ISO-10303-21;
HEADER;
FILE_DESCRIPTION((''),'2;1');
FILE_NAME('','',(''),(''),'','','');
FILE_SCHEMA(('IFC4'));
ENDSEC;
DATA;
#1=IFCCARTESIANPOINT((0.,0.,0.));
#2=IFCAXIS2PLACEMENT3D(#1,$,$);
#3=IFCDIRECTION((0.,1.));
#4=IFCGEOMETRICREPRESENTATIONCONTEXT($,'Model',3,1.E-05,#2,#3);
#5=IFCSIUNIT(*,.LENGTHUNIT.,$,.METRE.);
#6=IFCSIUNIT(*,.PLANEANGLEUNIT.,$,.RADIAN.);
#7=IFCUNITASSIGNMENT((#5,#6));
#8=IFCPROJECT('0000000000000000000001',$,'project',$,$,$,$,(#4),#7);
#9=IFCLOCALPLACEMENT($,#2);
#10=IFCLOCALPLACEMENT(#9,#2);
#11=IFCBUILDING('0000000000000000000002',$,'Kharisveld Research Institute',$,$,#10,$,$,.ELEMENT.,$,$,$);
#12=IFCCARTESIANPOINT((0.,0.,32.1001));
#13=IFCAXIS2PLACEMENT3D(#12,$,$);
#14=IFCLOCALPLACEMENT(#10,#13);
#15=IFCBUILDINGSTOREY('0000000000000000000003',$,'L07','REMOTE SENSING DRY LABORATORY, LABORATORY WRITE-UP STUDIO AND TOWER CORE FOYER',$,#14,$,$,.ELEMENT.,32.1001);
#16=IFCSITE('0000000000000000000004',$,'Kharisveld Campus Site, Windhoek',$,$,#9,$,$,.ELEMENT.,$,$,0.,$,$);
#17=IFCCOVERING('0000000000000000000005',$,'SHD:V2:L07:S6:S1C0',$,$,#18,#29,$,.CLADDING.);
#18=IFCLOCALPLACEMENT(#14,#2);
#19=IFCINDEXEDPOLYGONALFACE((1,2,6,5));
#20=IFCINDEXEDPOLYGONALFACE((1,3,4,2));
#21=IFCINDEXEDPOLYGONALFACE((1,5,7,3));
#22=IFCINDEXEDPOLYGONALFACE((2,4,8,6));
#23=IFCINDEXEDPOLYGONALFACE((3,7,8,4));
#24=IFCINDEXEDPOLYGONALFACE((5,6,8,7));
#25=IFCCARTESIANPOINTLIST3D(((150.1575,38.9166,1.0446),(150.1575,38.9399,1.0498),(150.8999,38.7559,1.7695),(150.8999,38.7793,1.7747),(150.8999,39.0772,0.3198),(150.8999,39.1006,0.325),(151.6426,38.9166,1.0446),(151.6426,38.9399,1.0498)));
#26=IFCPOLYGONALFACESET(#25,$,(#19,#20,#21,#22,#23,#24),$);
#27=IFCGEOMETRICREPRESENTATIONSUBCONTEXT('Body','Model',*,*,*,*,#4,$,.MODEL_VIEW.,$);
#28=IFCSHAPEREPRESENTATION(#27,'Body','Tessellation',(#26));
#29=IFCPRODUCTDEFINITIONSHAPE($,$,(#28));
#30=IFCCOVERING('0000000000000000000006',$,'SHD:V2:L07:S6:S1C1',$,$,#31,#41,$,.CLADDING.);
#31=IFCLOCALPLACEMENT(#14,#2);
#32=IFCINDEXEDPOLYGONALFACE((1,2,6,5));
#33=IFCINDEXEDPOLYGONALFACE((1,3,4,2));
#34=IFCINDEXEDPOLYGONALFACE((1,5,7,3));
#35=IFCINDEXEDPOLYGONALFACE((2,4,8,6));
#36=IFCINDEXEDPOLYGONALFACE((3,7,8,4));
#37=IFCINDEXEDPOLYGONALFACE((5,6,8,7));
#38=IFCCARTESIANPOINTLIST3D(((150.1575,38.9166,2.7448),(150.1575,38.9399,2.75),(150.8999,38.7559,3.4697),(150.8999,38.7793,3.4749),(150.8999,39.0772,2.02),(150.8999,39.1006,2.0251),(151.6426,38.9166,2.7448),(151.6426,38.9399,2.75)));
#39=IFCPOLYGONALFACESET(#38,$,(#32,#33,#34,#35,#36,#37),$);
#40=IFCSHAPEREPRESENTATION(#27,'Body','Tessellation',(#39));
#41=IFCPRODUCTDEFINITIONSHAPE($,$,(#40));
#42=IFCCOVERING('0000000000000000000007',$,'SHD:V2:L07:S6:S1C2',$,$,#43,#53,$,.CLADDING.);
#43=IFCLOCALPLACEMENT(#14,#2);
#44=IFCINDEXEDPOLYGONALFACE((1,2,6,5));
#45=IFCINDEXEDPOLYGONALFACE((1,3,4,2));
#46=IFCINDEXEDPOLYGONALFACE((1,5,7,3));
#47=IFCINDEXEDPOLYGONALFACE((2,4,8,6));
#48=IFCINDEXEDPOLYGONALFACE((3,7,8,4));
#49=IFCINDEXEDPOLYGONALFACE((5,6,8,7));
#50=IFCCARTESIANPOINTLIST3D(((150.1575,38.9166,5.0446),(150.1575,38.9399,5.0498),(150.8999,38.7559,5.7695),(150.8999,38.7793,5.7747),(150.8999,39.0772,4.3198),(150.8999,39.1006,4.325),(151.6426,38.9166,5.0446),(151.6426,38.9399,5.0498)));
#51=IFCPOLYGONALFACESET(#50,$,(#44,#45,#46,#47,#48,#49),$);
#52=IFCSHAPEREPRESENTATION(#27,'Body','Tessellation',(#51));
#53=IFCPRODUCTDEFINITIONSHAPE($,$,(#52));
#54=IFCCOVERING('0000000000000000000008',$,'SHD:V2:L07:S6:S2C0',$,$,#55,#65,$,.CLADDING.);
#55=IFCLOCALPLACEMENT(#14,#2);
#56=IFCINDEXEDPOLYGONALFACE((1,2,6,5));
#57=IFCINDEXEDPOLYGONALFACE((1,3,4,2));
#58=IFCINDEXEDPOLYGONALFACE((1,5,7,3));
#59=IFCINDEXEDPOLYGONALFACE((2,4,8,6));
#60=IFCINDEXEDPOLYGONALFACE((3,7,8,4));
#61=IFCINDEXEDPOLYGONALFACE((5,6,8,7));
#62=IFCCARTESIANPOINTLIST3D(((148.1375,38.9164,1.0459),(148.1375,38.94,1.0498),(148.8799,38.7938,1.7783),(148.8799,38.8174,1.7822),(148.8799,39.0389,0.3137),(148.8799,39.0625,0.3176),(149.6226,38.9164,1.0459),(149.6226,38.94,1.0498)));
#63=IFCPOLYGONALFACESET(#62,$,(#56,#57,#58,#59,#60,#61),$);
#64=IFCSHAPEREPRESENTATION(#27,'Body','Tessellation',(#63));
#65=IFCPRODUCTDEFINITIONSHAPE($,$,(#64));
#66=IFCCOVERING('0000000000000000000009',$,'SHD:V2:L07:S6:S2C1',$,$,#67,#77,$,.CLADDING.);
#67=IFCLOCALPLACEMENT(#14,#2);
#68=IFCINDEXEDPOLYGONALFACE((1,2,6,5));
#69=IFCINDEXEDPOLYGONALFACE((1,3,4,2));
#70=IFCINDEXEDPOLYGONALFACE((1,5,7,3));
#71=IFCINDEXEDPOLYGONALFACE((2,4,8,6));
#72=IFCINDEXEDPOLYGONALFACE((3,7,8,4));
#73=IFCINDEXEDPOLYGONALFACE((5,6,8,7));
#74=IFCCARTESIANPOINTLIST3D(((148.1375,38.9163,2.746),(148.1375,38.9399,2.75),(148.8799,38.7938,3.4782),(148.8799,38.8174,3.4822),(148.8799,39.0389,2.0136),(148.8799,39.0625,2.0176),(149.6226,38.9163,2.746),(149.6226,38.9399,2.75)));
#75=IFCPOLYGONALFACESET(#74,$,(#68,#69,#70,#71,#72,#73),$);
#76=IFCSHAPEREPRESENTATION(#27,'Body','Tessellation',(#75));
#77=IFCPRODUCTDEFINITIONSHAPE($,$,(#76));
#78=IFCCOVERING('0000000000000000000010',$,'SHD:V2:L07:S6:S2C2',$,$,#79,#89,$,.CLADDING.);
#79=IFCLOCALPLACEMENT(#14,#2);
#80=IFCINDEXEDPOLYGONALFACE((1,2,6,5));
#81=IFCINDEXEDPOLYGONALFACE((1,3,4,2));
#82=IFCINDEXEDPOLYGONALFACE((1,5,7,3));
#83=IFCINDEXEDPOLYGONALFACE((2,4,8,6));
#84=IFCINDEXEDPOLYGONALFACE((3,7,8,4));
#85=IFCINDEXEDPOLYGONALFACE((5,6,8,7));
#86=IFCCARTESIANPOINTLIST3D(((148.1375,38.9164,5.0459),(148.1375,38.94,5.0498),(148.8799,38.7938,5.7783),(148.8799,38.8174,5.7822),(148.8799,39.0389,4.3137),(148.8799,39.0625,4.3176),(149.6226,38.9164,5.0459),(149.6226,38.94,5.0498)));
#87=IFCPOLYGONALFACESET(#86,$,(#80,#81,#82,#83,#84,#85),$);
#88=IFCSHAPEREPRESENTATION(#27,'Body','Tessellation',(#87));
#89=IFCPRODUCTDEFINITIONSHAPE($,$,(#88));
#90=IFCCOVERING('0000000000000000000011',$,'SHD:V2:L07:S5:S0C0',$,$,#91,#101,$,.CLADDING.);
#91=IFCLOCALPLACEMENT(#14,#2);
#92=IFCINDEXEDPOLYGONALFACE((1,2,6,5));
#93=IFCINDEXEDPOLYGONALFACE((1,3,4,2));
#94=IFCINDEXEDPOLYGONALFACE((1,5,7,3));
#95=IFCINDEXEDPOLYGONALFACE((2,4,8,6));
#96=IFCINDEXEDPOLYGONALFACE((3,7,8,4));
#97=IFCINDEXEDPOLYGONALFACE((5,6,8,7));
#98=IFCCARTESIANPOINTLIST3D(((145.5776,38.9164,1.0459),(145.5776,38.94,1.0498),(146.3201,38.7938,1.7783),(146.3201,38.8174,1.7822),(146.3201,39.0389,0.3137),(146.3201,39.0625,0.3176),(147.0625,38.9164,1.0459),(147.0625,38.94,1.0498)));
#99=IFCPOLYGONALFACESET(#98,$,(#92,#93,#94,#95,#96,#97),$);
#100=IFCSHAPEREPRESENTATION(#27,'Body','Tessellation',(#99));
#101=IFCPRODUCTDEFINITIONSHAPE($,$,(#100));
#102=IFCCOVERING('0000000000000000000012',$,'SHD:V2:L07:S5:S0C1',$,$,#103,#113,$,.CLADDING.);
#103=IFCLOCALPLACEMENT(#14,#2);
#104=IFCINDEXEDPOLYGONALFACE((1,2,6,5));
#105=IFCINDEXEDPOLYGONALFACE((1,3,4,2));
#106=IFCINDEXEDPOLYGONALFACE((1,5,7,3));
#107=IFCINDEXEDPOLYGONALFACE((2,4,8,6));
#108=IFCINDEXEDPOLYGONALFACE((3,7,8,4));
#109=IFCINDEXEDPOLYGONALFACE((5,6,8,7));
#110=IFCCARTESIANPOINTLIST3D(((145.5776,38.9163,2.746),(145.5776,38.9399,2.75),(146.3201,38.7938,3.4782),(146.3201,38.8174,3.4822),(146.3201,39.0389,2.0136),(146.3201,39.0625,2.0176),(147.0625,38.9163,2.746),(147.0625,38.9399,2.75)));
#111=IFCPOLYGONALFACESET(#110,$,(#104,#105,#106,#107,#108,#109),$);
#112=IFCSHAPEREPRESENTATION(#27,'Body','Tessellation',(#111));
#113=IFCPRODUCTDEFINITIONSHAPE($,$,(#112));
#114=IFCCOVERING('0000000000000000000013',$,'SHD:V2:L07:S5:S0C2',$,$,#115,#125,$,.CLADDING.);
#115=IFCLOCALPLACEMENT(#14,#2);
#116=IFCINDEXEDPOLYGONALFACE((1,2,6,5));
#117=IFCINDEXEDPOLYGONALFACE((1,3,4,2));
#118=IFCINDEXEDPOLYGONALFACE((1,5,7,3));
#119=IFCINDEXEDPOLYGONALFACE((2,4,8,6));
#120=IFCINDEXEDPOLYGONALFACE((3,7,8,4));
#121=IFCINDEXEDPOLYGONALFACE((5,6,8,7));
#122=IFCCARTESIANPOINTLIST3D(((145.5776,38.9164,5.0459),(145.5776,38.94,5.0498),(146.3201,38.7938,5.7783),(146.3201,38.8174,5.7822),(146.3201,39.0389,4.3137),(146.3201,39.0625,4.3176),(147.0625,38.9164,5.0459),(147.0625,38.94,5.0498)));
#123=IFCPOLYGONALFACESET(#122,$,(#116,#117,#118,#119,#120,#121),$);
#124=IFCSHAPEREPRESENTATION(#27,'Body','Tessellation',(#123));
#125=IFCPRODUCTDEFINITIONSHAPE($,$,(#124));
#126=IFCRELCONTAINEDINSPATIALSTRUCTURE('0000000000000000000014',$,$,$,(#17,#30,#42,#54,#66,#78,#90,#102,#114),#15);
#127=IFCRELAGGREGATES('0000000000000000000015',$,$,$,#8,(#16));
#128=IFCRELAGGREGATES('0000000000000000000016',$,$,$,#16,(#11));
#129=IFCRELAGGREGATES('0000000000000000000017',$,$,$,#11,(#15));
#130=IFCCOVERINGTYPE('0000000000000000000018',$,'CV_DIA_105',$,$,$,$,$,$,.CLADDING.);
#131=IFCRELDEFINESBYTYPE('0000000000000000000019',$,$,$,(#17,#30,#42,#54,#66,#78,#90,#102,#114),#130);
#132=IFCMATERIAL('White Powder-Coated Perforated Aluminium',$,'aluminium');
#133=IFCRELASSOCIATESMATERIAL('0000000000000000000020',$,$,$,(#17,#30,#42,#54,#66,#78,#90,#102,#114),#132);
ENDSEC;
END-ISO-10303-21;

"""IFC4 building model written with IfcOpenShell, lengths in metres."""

from ifc_helpers import new_model, si_unit, direction, frame, origin, place, context, subcontext, project, spatial, polyline, outline, extrude, material, type_object, element, save


model = new_model("IFC4")

# Units and contexts
model_context = context("Model", 3, precision=1e-05, world=origin(), true_north=direction((0.0, 1.0)))
body_context = subcontext(model_context, "Body", "Model", "MODEL_VIEW")
ifc_project = project(units=[si_unit("LENGTHUNIT", "METRE"), si_unit("PLANEANGLEUNIT", "RADIAN")], contexts=[model_context])

# Site, building, storey
site_placement = place(None, origin())
site = spatial("IfcSite", under=ifc_project, at=site_placement, Name="Kharisveld Campus Site, Windhoek", CompositionType="ELEMENT", RefElevation=0.0)
building_placement = place(site_placement, origin())
building = spatial("IfcBuilding", under=site, at=building_placement, Name="Kharisveld Research Institute", CompositionType="ELEMENT")
storey_placement = place(building_placement, frame((0.0, 0.0, 32.1001)))
storey = spatial("IfcBuildingStorey", under=building, at=storey_placement, Name="L07", Description="REMOTE SENSING DRY LABORATORY, LABORATORY WRITE-UP STUDIO AND TOWER CORE FOYER", CompositionType="ELEMENT", Elevation=32.1001)

# Coverings
ifc_material_1 = material(Name="White Powder-Coated Perforated Aluminium", Category="aluminium")
covering_type = type_object("IfcCoveringType", Name="CV_DIA_105", PredefinedType="CLADDING")
for number, where, z_axis, x_axis, name in (
    (1, (150.8999, 39.1006, 0.325), (0.0, 0.976311, 0.216373), (-0.707102, -0.153, 0.69036), "SHD:V2:L07:S6:S1C0"),
    (2, (150.8999, 39.1006, 2.0251), (0.0, 0.976311, 0.216373), (-0.707102, -0.153, 0.69036), "SHD:V2:L07:S6:S1C1"),
    (3, (150.8999, 39.1006, 4.325), (0.0, 0.976311, 0.216373), (-0.707102, -0.153, 0.69036), "SHD:V2:L07:S6:S1C2"),
):
    element("IfcCovering", number, at=place(storey_placement, frame(where, z_axis=z_axis, x_axis=x_axis)), inside=storey, type_object=covering_type, material=ifc_material_1, Name=name, PredefinedType="CLADDING", context=body_context, shape_type="SweptSolid", body=[
        extrude(outline(polyline([(0.0, 0.0), (1.05, 0.0), (1.05, 1.05), (-0.0002, 1.0501), (0.0, 0.0)])), origin(), (0.0, 0.0, -1.0), 0.0239),
    ])
covering_1_placement = place(storey_placement, frame((148.8799, 39.0625, 0.3176), z_axis=(0.0, 0.986283, 0.165065), x_axis=(-0.707139, -0.116714, 0.697376)))
element("IfcCovering", 4, at=covering_1_placement, inside=storey, type_object=covering_type, material=ifc_material_1, Name="SHD:V2:L07:S6:S2C0", PredefinedType="CLADDING", context=body_context, shape_type="SweptSolid", body=[
    extrude(outline(polyline([(0.0, 0.0), (1.0499, 0.0), (1.05, 1.0501), (-0.0003, 1.0501), (0.0, 0.0)])), origin(), (0.0, 0.0, -1.0), 0.0239),
])
covering_2_placement = place(storey_placement, frame((148.8799, 39.0625, 2.0176), z_axis=(0.0, 0.986283, 0.165065), x_axis=(-0.707024, -0.116733, 0.697489)))
element("IfcCovering", 5, at=covering_2_placement, inside=storey, type_object=covering_type, material=ifc_material_1, Name="SHD:V2:L07:S6:S2C1", PredefinedType="CLADDING", context=body_context, shape_type="SweptSolid", body=[
    extrude(outline(polyline([(0.0, 0.0), (1.0501, 0.0), (1.0502, 1.0499), (0.0001, 1.0503), (0.0, 0.0)])), origin(), (0.0, 0.0, -1.0), 0.0239),
])
covering_3_placement = place(storey_placement, frame((148.8799, 39.0625, 4.3176), z_axis=(0.0, 0.986283, 0.165065), x_axis=(-0.707139, -0.116714, 0.697376)))
element("IfcCovering", 6, at=covering_3_placement, inside=storey, type_object=covering_type, material=ifc_material_1, Name="SHD:V2:L07:S6:S2C2", PredefinedType="CLADDING", context=body_context, shape_type="SweptSolid", body=[
    extrude(outline(polyline([(0.0, 0.0), (1.0499, 0.0), (1.05, 1.0501), (-0.0003, 1.0501), (0.0, 0.0)])), origin(), (0.0, 0.0, -1.0), 0.0239),
])
covering_4_placement = place(storey_placement, frame((146.3201, 39.0625, 0.3176), z_axis=(0.0, 0.986283, 0.165065), x_axis=(-0.707139, -0.116714, 0.697376)))
element("IfcCovering", 7, at=covering_4_placement, inside=storey, type_object=covering_type, material=ifc_material_1, Name="SHD:V2:L07:S5:S0C0", PredefinedType="CLADDING", context=body_context, shape_type="SweptSolid", body=[
    extrude(outline(polyline([(0.0, 0.0), (1.0499, 0.0), (1.05, 1.0501), (-0.0001, 1.0499), (0.0, 0.0)])), origin(), (0.0, 0.0, -1.0), 0.0239),
])
covering_5_placement = place(storey_placement, frame((146.3201, 39.0625, 2.0176), z_axis=(0.0, 0.986283, 0.165065), x_axis=(-0.707024, -0.116733, 0.697489)))
element("IfcCovering", 8, at=covering_5_placement, inside=storey, type_object=covering_type, material=ifc_material_1, Name="SHD:V2:L07:S5:S0C1", PredefinedType="CLADDING", context=body_context, shape_type="SweptSolid", body=[
    extrude(outline(polyline([(0.0, 0.0), (1.0501, 0.0), (1.0502, 1.0499), (0.0002, 1.0501), (0.0, 0.0)])), origin(), (0.0, 0.0, -1.0), 0.0239),
])
covering_6_placement = place(storey_placement, frame((146.3201, 39.0625, 4.3176), z_axis=(0.0, 0.986283, 0.165065), x_axis=(-0.707139, -0.116714, 0.697376)))
element("IfcCovering", 9, at=covering_6_placement, inside=storey, type_object=covering_type, material=ifc_material_1, Name="SHD:V2:L07:S5:S0C2", PredefinedType="CLADDING", context=body_context, shape_type="SweptSolid", body=[
    extrude(outline(polyline([(0.0, 0.0), (1.0499, 0.0), (1.05, 1.0501), (-0.0001, 1.0499), (0.0, 0.0)])), origin(), (0.0, 0.0, -1.0), 0.0239),
])

save(model, "model.ifc")
